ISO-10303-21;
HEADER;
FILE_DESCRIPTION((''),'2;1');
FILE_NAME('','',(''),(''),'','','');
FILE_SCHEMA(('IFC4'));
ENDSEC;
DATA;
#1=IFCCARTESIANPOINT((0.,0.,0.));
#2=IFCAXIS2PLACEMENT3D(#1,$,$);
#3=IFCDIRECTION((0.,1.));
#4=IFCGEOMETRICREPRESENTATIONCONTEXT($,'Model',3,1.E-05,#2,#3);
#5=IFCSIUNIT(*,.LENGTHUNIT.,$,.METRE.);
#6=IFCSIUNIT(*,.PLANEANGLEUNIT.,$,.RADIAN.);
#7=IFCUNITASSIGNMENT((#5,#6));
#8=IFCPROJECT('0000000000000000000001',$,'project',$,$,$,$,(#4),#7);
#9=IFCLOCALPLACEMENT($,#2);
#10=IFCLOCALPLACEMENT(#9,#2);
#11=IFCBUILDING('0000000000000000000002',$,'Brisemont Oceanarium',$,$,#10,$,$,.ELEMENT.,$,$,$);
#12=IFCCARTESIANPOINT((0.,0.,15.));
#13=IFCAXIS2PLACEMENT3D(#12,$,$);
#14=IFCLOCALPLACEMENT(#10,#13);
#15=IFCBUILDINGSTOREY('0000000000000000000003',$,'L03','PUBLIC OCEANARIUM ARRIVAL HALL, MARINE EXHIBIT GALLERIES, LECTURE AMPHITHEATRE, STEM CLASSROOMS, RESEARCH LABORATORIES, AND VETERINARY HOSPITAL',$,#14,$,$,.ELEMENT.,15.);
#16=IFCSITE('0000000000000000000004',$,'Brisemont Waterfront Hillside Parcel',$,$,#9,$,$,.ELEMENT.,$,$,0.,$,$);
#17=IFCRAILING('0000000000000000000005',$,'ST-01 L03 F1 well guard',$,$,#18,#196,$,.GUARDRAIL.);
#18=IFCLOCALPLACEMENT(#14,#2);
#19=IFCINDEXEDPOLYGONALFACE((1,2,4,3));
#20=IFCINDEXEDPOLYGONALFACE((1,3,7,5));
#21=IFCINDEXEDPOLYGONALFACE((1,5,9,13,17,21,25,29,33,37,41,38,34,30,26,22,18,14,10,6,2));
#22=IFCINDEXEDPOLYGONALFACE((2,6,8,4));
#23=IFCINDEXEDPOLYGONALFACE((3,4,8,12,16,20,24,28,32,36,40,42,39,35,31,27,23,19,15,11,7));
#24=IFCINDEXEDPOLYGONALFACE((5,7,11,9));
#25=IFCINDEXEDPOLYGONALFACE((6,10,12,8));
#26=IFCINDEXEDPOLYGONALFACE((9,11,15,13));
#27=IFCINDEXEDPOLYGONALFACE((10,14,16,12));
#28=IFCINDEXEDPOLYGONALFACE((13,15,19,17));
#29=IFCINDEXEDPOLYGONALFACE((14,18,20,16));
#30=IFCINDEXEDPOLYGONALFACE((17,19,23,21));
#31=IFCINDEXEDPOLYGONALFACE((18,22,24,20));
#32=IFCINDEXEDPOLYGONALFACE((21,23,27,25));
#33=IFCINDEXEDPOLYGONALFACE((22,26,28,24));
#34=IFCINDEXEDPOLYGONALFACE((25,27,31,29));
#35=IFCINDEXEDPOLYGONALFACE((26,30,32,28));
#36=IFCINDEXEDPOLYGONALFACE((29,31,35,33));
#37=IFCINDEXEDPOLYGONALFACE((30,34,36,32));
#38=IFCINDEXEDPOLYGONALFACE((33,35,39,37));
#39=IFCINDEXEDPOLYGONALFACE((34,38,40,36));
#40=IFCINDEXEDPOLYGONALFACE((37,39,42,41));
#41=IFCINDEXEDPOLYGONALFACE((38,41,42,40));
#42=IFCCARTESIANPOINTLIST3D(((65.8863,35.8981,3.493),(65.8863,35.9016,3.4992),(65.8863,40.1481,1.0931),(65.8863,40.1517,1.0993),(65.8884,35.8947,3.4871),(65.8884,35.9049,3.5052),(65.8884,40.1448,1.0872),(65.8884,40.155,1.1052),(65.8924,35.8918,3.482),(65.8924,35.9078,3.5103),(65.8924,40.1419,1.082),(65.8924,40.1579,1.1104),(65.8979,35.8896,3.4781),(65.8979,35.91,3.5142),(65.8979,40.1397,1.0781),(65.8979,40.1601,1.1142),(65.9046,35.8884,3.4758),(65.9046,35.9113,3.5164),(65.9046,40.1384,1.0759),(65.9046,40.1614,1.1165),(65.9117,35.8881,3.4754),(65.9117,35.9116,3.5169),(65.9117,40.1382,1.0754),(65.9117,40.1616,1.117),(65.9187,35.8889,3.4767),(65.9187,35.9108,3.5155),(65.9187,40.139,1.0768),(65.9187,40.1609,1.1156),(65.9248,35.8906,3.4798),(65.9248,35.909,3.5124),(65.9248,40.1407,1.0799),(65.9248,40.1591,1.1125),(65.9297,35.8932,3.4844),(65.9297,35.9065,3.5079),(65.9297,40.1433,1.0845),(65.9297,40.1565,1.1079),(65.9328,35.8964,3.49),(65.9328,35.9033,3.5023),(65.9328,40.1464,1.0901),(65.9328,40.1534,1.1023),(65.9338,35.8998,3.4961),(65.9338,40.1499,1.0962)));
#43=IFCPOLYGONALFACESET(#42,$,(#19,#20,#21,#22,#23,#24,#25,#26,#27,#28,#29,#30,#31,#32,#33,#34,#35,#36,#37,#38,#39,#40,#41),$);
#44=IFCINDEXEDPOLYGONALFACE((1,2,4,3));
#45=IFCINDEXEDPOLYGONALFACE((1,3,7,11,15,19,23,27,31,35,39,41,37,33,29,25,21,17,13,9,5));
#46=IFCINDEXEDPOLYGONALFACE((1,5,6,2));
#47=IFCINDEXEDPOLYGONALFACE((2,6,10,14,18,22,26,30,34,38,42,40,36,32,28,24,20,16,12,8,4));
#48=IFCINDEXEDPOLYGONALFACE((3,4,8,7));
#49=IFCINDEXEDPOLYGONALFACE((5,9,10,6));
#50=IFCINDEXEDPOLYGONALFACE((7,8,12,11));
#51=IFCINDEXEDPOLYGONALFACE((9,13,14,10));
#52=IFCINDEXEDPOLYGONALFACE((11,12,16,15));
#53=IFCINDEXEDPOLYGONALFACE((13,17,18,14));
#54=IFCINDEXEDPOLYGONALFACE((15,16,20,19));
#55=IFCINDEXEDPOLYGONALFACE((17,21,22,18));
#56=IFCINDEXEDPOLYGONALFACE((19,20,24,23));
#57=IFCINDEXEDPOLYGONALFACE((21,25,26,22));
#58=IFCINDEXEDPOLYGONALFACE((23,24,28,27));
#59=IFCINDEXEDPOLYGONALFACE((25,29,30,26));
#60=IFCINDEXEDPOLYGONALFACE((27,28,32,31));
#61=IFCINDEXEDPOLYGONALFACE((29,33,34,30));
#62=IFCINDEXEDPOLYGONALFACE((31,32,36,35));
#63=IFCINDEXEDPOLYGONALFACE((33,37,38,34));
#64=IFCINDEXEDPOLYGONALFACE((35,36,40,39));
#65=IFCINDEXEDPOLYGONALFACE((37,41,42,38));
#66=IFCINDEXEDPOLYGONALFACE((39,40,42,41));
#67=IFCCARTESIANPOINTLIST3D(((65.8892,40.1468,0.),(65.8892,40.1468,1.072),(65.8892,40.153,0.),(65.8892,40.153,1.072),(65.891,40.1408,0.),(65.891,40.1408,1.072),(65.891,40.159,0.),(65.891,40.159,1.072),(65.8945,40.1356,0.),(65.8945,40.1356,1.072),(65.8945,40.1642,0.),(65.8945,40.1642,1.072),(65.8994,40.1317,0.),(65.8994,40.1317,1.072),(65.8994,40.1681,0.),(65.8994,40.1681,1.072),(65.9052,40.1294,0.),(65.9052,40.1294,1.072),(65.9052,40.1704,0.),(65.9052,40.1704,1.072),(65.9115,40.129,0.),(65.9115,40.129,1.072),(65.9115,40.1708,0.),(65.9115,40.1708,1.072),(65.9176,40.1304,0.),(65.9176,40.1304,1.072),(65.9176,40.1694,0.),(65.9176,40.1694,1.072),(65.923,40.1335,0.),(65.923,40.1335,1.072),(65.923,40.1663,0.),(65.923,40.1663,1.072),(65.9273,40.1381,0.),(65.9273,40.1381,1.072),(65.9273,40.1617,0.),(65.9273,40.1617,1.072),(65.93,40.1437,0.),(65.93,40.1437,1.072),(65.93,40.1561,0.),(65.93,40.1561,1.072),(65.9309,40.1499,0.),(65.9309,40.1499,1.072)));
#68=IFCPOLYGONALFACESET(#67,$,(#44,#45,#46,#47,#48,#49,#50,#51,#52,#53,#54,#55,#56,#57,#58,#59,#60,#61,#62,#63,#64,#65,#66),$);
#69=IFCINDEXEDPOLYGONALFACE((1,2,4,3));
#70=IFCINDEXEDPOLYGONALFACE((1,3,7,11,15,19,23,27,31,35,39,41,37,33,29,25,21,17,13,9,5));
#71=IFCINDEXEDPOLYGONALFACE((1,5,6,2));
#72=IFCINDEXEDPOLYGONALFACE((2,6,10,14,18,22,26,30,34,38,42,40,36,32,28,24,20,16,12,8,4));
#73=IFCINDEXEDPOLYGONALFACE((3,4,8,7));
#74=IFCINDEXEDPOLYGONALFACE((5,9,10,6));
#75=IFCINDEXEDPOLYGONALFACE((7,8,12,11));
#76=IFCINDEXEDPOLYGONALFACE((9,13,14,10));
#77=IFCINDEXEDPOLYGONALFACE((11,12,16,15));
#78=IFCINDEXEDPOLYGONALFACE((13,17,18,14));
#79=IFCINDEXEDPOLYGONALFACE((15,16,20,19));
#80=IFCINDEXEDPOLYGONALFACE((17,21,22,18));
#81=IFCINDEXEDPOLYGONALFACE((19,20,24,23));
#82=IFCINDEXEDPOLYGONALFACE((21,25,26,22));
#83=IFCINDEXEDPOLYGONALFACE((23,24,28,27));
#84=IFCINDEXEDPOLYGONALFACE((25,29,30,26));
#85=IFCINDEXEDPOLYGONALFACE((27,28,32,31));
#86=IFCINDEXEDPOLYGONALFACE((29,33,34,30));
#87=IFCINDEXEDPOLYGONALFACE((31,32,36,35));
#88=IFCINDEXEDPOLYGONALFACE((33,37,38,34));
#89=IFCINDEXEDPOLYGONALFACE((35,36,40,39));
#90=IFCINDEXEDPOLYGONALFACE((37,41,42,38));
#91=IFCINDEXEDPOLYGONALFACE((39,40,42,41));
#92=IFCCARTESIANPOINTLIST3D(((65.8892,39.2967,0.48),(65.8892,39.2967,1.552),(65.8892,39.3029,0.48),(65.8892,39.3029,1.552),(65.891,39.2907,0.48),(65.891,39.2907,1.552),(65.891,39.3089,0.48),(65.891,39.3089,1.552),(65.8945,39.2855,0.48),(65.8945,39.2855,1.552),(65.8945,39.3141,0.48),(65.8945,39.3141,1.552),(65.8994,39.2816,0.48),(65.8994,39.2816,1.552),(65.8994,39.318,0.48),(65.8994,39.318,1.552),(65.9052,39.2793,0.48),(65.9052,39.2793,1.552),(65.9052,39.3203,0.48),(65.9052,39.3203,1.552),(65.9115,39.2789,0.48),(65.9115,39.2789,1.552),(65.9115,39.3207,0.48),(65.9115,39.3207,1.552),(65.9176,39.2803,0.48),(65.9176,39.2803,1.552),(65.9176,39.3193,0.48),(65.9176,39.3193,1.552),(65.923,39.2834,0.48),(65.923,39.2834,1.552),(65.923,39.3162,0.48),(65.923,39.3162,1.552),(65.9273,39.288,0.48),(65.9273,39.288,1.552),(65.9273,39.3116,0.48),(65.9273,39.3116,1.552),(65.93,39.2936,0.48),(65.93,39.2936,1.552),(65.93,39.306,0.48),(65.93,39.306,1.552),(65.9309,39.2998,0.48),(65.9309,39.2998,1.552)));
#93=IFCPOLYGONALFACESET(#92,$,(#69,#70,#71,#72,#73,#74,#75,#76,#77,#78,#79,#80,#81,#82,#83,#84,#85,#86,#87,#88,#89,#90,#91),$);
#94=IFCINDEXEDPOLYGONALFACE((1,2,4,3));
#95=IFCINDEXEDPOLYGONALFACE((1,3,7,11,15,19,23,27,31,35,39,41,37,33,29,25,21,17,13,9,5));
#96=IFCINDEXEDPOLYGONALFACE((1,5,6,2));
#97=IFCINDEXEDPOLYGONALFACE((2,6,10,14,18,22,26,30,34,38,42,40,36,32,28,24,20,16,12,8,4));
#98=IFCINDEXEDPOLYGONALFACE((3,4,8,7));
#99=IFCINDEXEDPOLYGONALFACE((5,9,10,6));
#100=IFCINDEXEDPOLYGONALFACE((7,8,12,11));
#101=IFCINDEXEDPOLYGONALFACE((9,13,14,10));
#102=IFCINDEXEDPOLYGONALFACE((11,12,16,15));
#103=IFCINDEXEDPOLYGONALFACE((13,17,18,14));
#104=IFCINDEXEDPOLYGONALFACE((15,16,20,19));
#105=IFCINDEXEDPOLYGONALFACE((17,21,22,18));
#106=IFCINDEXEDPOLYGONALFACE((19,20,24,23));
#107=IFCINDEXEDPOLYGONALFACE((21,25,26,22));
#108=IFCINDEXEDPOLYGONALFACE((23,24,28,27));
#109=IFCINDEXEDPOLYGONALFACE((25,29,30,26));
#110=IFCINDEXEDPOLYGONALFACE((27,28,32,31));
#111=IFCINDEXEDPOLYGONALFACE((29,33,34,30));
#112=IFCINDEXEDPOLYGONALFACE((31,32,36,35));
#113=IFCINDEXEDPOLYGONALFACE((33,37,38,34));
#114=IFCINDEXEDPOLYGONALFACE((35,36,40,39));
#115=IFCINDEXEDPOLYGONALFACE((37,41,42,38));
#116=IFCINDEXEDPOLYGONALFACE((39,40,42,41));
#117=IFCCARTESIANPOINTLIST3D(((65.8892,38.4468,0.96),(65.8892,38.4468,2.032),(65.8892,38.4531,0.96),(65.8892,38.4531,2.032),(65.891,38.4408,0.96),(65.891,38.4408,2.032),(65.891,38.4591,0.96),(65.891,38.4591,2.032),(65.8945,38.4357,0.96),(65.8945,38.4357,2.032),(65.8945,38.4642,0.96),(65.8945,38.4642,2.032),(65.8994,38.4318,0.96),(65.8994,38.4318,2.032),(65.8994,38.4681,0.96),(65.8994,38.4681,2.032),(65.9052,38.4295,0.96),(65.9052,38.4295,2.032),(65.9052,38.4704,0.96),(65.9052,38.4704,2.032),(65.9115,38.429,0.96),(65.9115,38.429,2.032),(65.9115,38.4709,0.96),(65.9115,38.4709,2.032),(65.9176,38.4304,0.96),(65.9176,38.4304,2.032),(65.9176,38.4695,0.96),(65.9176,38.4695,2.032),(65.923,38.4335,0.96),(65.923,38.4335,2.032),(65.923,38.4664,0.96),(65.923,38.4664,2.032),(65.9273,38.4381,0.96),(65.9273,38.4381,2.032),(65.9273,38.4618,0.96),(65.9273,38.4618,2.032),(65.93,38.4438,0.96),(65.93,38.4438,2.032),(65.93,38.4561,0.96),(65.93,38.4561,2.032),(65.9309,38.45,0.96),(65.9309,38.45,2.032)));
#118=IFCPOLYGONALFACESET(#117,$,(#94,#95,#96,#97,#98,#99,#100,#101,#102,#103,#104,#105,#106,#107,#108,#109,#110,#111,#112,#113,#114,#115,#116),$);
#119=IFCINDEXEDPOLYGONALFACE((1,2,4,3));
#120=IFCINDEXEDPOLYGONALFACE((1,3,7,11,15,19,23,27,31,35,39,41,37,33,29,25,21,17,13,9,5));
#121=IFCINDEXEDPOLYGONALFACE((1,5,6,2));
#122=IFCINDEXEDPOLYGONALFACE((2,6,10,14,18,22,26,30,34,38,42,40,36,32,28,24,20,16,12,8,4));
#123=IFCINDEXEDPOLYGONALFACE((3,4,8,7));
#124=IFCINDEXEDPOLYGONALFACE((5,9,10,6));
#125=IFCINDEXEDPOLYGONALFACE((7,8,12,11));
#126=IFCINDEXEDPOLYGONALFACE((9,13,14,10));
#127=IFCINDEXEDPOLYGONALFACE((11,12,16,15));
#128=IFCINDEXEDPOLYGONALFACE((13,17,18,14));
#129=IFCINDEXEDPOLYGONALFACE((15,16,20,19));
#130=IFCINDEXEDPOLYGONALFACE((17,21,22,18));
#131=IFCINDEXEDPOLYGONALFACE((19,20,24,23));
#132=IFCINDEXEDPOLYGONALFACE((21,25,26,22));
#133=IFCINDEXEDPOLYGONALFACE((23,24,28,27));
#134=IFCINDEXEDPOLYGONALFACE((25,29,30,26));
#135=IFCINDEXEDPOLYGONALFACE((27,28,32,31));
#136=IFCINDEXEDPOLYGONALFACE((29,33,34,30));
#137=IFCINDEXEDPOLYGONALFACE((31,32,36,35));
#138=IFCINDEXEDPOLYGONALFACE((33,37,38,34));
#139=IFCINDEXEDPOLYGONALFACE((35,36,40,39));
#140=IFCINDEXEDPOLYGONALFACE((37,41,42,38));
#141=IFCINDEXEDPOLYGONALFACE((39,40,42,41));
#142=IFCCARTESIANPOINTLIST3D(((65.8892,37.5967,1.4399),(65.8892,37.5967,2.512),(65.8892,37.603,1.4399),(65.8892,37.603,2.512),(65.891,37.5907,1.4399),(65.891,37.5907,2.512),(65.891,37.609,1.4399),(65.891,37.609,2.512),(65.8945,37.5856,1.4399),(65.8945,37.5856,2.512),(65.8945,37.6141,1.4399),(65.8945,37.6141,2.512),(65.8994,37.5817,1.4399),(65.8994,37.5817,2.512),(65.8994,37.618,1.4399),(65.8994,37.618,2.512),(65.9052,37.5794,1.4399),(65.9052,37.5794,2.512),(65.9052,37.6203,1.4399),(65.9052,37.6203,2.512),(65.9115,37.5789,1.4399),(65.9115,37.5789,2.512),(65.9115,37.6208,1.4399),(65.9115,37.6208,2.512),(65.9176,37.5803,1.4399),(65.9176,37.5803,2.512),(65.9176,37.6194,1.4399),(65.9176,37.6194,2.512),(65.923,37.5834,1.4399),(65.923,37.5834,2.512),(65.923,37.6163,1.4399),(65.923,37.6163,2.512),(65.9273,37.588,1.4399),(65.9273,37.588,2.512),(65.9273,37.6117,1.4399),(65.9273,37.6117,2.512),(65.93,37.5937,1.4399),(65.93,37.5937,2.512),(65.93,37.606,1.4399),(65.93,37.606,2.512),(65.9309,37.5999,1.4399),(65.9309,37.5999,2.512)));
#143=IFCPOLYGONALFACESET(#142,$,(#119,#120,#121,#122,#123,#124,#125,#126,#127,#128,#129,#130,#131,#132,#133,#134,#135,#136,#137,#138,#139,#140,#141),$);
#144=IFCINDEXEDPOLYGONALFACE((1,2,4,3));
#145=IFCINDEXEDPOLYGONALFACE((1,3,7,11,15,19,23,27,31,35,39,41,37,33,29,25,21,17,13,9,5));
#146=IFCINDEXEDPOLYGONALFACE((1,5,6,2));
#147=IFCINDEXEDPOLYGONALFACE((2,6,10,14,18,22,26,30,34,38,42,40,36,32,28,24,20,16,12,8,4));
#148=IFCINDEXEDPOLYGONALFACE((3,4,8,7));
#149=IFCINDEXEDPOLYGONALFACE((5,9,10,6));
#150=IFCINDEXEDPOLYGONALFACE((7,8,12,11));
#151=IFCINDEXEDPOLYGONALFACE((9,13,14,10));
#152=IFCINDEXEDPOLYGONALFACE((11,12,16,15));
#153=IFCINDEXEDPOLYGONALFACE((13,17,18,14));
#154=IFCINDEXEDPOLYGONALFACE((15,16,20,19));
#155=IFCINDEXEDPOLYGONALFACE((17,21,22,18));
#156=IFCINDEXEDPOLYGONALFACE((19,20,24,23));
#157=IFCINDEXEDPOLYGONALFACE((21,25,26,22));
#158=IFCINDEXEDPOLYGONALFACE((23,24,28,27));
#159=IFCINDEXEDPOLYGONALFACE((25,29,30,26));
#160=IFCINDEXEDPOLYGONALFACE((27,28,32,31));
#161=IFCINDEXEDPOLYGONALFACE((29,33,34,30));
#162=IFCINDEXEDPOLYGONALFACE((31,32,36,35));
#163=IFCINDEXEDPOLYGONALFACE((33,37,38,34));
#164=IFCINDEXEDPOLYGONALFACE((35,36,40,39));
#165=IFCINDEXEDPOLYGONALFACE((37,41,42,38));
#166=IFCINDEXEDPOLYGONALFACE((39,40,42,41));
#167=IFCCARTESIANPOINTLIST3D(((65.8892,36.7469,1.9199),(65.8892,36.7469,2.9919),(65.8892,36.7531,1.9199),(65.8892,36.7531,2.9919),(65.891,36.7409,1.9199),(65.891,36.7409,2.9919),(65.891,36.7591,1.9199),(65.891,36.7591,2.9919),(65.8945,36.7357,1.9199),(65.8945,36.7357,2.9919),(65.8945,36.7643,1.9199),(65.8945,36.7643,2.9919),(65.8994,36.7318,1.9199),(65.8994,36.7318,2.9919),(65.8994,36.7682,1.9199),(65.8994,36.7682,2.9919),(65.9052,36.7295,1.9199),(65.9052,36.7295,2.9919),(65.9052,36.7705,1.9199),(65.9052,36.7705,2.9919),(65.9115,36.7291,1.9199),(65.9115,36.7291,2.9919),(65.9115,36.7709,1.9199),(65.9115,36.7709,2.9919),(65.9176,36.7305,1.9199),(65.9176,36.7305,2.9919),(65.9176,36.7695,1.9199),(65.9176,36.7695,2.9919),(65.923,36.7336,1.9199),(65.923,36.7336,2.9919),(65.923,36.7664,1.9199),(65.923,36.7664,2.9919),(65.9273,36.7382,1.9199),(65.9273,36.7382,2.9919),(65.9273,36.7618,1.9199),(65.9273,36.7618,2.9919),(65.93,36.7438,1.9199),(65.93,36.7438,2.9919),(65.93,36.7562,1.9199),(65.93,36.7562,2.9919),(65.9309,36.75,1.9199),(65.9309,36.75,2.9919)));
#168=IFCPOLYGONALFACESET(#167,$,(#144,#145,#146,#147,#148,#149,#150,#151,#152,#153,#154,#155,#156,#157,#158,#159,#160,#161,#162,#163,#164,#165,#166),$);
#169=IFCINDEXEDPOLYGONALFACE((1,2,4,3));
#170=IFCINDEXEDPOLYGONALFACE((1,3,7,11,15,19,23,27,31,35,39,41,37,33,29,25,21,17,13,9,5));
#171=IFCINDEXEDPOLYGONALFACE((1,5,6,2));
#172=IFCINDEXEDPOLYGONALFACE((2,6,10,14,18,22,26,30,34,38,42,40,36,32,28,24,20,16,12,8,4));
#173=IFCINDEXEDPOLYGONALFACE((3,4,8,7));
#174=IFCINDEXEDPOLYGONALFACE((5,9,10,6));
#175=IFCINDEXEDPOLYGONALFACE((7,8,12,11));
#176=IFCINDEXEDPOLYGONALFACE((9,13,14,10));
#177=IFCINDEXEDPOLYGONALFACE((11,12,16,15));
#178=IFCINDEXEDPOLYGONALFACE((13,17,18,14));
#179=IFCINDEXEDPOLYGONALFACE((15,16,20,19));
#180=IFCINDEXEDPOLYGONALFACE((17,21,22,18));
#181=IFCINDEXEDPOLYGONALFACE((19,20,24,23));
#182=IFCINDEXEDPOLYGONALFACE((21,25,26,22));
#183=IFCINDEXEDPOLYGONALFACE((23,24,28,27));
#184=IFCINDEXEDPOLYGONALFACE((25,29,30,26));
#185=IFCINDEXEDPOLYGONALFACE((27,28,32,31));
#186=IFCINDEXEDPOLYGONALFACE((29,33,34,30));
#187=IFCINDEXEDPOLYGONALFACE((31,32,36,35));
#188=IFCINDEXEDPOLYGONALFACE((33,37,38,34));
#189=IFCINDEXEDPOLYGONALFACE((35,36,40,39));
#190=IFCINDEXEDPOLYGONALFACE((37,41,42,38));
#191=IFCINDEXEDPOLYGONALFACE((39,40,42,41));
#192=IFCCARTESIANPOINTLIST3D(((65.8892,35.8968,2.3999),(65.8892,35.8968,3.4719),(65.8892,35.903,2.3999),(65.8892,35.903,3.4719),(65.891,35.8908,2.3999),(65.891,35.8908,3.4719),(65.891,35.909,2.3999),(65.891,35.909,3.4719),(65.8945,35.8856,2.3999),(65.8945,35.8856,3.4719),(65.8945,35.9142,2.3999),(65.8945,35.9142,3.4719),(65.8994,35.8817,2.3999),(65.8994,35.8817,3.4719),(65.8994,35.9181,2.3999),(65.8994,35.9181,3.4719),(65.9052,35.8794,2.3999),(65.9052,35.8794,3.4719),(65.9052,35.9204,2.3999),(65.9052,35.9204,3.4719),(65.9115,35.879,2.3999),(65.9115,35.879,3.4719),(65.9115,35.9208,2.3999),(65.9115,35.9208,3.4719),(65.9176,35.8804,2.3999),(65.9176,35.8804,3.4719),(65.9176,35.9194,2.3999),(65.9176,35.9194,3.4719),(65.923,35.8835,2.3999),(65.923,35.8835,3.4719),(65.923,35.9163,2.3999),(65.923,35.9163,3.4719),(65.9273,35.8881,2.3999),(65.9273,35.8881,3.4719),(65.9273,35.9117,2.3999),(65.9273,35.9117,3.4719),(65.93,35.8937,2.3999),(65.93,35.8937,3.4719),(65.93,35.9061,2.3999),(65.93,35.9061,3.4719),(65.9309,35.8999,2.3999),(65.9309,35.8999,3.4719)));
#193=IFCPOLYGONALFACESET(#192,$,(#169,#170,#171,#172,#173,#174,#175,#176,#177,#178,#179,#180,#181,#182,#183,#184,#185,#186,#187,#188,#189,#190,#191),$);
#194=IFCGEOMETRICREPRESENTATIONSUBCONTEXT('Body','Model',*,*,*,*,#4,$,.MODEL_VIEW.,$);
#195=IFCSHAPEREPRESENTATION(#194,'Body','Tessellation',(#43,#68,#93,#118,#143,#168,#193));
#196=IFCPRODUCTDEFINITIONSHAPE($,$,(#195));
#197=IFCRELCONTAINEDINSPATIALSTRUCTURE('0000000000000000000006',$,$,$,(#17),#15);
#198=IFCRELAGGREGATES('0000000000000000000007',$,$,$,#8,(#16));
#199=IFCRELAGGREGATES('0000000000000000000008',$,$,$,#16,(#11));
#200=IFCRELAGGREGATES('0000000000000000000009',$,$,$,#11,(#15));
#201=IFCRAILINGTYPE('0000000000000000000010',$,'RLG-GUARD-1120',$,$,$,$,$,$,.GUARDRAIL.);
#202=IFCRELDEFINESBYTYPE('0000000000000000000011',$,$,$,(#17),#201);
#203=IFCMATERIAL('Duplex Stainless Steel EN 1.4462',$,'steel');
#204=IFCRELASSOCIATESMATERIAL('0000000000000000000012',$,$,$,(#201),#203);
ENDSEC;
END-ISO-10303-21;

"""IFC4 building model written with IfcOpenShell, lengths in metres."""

from ifc_helpers import new_model, si_unit, direction, frame, origin, origin_2d, place, context, subcontext, project, spatial, circle, extrude, material, type_object, element, save


model = new_model("IFC4")

# Units and contexts
model_context = context("Model", 3, precision=1e-05, world=origin(), true_north=direction((0.0, 1.0)))
body_context = subcontext(model_context, "Body", "Model", "MODEL_VIEW")
ifc_project = project(units=[si_unit("LENGTHUNIT", "METRE"), si_unit("PLANEANGLEUNIT", "RADIAN")], contexts=[model_context])

# Site, building, storey
site_placement = place(None, origin())
site = spatial("IfcSite", under=ifc_project, at=site_placement, Name="Brisemont Waterfront Hillside Parcel", CompositionType="ELEMENT", RefElevation=0.0)
building_placement = place(site_placement, origin())
building = spatial("IfcBuilding", under=site, at=building_placement, Name="Brisemont Oceanarium", CompositionType="ELEMENT")
storey_placement = place(building_placement, frame((0.0, 0.0, 15.0)))
storey = spatial("IfcBuildingStorey", under=building, at=storey_placement, Name="L03", Description="PUBLIC OCEANARIUM ARRIVAL HALL, MARINE EXHIBIT GALLERIES, LECTURE AMPHITHEATRE, STEM CLASSROOMS, RESEARCH LABORATORIES, AND VETERINARY HOSPITAL", CompositionType="ELEMENT", Elevation=15.0)

# Railing
ifc_material_1 = material(Name="Duplex Stainless Steel EN 1.4462", Category="steel")
railing_type_1 = type_object("IfcRailingType", Name="RLG-GUARD-1120", PredefinedType="GUARDRAIL", material=ifc_material_1)
railing_1_placement = place(storey_placement, frame((65.9099, 40.1499, 0.0)))
element("IfcRailing", 1, at=railing_1_placement, inside=storey, type_object=railing_type_1, Name="ST-01 L03 F1 well guard", PredefinedType="GUARDRAIL", context=body_context, shape_type="SweptSolid", body=[
    extrude(circle(Radius=0.0239, at=origin_2d()), frame((0.0, 0.0, 1.0962), z_axis=(0.0, -0.870762, 0.491704), x_axis=(1.0, 0.0, 0.0)), (0.0, 0.0, 1.0), 4.8809),
    extrude(circle(Radius=0.021, at=origin_2d()), origin(), (0.0, 0.0, 1.0), 1.072),
    extrude(circle(Radius=0.021, at=origin_2d()), frame((0.0, -0.8501, 0.48)), (0.0, 0.0, 1.0), 1.072),
    extrude(circle(Radius=0.021, at=origin_2d()), frame((0.0, -1.7, 0.96)), (0.0, 0.0, 1.0), 1.072),
    extrude(circle(Radius=0.021, at=origin_2d()), frame((0.0, -2.55, 1.4399)), (0.0, 0.0, 1.0), 1.072),
    extrude(circle(Radius=0.021, at=origin_2d()), frame((0.0, -3.3999, 1.9199)), (0.0, 0.0, 1.0), 1.072),
    extrude(circle(Radius=0.021, at=origin_2d()), frame((0.0, -4.25, 2.3999)), (0.0, 0.0, 1.0), 1.072),
])

save(model, "model.ifc")
